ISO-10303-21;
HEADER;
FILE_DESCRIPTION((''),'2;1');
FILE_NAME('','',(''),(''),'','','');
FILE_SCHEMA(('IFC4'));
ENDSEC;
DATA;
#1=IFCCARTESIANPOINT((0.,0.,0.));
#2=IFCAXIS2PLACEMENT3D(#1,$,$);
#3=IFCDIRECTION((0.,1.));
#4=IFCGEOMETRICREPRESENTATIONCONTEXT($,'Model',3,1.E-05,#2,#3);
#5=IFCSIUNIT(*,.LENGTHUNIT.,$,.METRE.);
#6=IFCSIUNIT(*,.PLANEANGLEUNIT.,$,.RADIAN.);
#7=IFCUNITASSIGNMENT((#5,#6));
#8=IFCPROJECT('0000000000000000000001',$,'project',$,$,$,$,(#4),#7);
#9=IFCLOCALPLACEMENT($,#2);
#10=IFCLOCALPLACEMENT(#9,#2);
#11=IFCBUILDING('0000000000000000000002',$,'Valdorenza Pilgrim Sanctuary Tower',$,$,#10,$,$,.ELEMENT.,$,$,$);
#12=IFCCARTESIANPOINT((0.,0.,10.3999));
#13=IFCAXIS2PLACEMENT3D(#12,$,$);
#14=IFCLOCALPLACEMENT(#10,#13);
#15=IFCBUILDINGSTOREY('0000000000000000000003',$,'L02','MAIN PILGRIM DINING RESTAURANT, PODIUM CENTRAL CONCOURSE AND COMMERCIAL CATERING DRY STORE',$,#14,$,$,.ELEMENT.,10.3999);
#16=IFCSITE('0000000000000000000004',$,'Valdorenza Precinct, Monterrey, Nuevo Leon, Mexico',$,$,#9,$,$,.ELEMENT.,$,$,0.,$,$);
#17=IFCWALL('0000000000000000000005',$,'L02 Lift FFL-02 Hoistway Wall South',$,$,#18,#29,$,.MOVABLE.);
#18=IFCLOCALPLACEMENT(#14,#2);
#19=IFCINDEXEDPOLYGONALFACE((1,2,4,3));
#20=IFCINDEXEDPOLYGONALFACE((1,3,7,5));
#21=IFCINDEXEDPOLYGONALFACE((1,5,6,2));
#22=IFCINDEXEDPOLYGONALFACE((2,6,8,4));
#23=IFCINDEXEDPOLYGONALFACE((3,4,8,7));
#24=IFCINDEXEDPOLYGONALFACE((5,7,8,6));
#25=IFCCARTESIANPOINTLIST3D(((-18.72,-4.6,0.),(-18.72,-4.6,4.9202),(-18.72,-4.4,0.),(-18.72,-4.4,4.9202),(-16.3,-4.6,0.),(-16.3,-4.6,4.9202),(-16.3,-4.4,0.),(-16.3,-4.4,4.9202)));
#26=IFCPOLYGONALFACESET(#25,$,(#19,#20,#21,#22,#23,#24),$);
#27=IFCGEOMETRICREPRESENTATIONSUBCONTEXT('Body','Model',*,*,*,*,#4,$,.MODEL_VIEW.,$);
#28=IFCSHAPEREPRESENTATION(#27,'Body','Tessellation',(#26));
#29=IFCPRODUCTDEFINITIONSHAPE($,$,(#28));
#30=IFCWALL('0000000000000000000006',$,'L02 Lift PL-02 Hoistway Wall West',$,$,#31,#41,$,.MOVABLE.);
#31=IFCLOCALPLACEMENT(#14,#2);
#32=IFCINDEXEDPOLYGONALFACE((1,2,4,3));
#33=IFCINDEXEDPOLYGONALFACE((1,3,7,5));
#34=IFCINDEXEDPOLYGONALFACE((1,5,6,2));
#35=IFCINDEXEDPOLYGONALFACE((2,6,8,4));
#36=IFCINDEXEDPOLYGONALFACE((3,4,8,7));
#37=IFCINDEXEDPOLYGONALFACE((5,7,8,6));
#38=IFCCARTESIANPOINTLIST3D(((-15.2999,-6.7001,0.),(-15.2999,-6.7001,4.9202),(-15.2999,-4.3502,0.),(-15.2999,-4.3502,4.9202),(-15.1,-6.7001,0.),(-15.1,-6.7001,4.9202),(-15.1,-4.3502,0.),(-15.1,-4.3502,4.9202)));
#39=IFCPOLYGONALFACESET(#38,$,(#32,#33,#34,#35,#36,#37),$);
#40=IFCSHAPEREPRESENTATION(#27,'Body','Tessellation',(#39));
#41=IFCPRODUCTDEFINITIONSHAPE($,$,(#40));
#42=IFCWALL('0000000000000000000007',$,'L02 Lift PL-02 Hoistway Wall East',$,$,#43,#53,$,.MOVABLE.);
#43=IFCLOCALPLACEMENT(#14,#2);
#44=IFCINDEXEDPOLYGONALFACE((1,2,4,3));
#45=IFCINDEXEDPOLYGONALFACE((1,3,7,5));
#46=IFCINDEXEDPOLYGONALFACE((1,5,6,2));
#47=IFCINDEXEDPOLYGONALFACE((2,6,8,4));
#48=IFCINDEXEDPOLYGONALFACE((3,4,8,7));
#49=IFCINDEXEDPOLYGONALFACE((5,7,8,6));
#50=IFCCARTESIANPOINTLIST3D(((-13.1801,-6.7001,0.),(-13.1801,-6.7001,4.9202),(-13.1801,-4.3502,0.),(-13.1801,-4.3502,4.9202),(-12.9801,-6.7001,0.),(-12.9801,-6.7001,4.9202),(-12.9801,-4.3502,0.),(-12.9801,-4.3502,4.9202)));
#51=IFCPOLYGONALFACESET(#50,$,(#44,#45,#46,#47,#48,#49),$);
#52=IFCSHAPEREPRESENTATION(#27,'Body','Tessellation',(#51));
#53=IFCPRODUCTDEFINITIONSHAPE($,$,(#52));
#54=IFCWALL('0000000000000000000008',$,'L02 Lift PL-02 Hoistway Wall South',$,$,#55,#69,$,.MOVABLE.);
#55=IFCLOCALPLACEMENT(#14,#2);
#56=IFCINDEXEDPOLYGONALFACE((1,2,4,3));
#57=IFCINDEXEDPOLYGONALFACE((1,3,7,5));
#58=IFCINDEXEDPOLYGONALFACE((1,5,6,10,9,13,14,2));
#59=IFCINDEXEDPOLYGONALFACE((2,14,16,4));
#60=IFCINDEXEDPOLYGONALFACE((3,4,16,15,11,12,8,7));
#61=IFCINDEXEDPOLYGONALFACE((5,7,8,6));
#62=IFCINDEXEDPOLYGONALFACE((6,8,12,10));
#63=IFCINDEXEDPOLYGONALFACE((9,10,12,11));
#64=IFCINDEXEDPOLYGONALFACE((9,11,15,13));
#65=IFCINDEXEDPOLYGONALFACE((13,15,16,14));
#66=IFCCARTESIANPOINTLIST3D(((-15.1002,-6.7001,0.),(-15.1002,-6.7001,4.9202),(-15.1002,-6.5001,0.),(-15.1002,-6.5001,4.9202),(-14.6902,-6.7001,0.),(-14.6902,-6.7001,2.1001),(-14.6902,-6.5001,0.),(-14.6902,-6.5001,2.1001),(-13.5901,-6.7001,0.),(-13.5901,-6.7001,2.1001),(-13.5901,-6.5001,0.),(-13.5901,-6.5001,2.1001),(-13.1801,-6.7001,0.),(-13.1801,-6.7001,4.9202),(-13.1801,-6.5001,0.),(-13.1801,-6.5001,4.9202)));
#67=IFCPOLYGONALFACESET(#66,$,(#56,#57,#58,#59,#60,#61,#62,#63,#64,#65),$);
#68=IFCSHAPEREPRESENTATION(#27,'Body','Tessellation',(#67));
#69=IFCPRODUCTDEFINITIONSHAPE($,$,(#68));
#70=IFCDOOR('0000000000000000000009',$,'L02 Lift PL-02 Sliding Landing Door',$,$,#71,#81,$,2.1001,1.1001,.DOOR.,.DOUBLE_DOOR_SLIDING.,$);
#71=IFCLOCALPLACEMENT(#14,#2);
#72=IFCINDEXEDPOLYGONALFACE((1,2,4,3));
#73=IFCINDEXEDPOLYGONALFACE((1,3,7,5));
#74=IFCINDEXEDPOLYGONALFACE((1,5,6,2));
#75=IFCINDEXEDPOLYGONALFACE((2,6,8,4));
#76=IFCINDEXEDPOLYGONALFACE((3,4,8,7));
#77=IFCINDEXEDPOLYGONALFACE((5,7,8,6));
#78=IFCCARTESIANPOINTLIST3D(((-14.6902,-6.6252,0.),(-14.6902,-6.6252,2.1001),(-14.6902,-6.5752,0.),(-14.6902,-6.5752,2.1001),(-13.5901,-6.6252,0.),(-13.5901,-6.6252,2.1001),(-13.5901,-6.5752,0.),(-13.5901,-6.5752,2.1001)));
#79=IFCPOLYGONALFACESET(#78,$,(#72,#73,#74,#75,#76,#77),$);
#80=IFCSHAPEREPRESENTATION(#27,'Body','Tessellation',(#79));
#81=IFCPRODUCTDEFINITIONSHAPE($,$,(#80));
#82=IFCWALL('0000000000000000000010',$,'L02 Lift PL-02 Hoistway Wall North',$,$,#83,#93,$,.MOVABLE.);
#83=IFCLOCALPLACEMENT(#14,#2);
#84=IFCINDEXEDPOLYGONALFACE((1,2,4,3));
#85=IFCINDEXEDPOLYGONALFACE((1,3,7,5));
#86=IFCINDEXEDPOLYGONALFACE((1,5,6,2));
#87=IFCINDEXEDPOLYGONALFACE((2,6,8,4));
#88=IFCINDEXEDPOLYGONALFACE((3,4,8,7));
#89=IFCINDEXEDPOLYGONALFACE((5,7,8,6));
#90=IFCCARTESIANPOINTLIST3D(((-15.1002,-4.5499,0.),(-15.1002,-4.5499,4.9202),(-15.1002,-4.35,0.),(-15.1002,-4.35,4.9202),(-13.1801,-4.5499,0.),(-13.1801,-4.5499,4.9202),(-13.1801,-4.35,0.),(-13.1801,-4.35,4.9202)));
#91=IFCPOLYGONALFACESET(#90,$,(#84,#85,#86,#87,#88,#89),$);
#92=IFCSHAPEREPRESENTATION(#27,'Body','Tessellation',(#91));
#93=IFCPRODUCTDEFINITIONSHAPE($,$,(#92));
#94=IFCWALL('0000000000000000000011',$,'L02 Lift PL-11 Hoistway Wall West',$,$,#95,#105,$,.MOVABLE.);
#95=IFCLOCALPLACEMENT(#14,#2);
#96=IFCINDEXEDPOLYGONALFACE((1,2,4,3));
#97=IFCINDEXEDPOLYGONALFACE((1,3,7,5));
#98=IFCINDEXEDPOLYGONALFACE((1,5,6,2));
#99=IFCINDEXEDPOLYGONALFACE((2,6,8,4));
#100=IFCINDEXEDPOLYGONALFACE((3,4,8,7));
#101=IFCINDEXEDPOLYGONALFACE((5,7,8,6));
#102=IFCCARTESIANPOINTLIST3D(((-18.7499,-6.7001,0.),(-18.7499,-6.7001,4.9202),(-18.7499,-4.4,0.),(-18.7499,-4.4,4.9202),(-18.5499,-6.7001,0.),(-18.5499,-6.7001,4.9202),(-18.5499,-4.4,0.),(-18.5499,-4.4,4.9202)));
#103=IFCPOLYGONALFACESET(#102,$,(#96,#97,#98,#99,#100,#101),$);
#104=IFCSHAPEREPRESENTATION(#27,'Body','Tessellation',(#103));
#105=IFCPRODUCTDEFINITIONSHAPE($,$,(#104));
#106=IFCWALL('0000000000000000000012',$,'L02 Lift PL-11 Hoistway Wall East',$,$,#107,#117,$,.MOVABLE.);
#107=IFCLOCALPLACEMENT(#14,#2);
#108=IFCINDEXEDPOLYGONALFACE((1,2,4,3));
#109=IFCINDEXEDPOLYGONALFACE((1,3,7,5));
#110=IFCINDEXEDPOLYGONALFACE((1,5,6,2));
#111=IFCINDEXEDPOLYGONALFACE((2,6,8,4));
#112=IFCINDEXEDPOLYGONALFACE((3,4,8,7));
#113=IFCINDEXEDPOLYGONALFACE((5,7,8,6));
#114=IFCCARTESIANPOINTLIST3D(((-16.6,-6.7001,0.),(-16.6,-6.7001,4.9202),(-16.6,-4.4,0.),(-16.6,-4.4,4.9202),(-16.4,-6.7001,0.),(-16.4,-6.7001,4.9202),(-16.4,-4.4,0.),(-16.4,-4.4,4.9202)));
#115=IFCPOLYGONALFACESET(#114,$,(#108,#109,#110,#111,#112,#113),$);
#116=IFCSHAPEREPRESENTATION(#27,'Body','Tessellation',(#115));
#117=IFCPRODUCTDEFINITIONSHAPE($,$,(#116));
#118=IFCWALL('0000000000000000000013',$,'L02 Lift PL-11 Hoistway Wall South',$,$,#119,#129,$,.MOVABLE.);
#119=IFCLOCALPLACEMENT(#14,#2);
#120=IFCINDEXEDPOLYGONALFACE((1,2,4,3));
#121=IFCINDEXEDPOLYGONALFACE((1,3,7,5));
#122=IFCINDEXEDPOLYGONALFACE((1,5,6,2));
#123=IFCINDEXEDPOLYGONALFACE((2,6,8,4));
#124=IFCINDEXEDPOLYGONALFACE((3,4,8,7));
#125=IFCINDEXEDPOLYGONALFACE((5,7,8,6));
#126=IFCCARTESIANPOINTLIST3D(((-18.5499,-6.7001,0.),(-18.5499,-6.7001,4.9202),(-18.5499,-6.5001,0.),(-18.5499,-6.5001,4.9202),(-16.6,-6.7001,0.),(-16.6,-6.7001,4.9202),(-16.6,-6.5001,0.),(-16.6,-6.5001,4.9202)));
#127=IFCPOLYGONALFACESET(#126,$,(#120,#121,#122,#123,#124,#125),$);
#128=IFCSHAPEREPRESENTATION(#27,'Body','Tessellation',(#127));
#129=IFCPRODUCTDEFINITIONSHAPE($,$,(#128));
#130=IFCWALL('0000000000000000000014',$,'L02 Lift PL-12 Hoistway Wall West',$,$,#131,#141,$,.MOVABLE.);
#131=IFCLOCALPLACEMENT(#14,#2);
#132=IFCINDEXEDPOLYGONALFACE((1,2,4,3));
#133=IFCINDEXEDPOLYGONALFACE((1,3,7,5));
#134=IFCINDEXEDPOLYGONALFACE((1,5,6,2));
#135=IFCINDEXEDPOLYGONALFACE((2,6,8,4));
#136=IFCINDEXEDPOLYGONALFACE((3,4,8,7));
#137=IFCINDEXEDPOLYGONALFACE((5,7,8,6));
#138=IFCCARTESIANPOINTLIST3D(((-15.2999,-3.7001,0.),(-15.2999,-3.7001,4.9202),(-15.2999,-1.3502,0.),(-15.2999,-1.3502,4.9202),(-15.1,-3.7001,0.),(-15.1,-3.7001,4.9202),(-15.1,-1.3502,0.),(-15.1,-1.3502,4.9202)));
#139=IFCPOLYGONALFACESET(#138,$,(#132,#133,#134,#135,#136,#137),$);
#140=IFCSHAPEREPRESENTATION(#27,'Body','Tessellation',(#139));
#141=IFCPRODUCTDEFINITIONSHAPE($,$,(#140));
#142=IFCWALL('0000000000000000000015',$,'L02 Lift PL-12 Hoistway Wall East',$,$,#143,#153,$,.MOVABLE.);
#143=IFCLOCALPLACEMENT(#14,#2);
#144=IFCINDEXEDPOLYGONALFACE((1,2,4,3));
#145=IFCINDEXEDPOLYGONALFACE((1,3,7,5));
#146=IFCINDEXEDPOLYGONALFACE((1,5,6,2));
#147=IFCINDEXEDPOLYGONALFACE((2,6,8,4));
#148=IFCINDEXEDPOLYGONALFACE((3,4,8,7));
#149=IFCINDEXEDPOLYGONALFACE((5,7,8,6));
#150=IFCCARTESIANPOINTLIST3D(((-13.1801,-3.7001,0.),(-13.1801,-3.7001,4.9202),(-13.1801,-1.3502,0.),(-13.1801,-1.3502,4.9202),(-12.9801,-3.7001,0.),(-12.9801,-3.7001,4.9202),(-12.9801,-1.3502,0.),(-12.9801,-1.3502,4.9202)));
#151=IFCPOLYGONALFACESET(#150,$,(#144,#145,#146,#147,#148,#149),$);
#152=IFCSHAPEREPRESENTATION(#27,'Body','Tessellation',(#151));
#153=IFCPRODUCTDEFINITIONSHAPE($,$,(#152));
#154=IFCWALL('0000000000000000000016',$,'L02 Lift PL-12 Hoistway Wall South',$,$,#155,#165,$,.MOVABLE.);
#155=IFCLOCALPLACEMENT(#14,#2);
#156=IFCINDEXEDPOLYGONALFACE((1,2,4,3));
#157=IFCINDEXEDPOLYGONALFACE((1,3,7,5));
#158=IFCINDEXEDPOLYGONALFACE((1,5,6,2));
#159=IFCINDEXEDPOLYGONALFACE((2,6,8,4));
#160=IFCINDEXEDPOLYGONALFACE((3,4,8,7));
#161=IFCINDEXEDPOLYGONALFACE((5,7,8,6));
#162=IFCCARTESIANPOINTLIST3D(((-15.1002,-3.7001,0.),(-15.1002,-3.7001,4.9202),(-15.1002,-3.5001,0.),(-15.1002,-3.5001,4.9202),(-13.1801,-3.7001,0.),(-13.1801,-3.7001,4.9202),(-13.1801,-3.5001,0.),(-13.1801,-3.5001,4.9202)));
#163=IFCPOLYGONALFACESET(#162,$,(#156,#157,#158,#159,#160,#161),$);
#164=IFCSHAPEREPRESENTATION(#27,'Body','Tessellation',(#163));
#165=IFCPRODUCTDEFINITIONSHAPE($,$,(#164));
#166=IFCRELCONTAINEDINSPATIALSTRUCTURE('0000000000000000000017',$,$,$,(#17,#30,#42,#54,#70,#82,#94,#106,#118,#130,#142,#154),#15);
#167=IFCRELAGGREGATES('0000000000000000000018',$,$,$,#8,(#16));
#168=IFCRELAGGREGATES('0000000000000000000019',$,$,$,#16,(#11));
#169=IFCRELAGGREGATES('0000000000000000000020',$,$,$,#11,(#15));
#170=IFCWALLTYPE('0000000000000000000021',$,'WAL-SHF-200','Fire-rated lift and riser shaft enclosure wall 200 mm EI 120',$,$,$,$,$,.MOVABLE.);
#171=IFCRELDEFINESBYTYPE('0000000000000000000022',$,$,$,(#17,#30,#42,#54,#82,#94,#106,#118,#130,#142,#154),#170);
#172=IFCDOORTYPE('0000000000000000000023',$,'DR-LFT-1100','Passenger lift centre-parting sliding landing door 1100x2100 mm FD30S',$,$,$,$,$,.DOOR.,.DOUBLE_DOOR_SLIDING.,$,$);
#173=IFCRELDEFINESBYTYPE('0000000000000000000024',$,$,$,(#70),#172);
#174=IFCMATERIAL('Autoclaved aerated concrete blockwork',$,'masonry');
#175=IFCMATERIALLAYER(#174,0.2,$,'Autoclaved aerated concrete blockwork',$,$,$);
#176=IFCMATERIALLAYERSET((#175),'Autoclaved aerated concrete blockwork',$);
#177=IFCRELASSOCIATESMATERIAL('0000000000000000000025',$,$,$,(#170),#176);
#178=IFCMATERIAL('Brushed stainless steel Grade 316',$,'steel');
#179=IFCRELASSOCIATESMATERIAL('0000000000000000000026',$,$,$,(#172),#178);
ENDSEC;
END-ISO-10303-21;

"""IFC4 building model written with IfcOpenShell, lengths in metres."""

from ifc_helpers import new_model, si_unit, direction, frame, frame_2d, origin, place, context, subcontext, project, spatial, rectangle, extrude, material, layer, layer_set, type_object, element, fill, save


model = new_model("IFC4")

# Units and contexts
model_context = context("Model", 3, precision=1e-05, world=origin(), true_north=direction((0.0, 1.0)))
body_context = subcontext(model_context, "Body", "Model", "MODEL_VIEW")
ifc_project = project(units=[si_unit("LENGTHUNIT", "METRE"), si_unit("PLANEANGLEUNIT", "RADIAN")], contexts=[model_context])

# Site, building, storey
site_placement = place(None, origin())
site = spatial("IfcSite", under=ifc_project, at=site_placement, Name="Valdorenza Precinct, Monterrey, Nuevo Leon, Mexico", CompositionType="ELEMENT", RefElevation=0.0)
building_placement = place(site_placement, origin())
building = spatial("IfcBuilding", under=site, at=building_placement, Name="Valdorenza Pilgrim Sanctuary Tower", CompositionType="ELEMENT")
storey_placement = place(building_placement, frame((0.0, 0.0, 10.3999)))
storey = spatial("IfcBuildingStorey", under=building, at=storey_placement, Name="L02", Description="MAIN PILGRIM DINING RESTAURANT, PODIUM CENTRAL CONCOURSE AND COMMERCIAL CATERING DRY STORE", CompositionType="ELEMENT", Elevation=10.3999)

# Walls
ifc_material_1 = material(Name="Autoclaved aerated concrete blockwork", Category="masonry")
ifc_layer_1 = layer(ifc_material_1, 0.2, Name="Autoclaved aerated concrete blockwork")
ifc_layer_set_1 = layer_set([ifc_layer_1], Name="Autoclaved aerated concrete blockwork")
wall_type_1 = type_object("IfcWallType", Name="WAL-SHF-200", Description="Fire-rated lift and riser shaft enclosure wall 200 mm EI 120", PredefinedType="MOVABLE", material=ifc_layer_set_1)
wall_1_placement = place(storey_placement, frame((-18.72, -4.5, 0.0), z_axis=(0.0, 0.0, 1.0), x_axis=(1.0, 0.0, 0.0)))
element("IfcWall", 1, at=wall_1_placement, inside=storey, type_object=wall_type_1, Name="L02 Lift FFL-02 Hoistway Wall South", PredefinedType="MOVABLE", context=body_context, shape_type="SweptSolid", body=[
    extrude(rectangle(XDim=2.4199, YDim=0.2, at=frame_2d((1.21, 0.0))), origin(), (0.0, 0.0, 1.0), 4.9202),
])
for number, where, z_axis, x_axis, name in (
    (2, (-15.2, -6.7, 0.0), (0.0, 0.0, 1.0), (0.0, 1.0, 0.0), "L02 Lift PL-02 Hoistway Wall West"),
    (3, (-13.0801, -6.7, 0.0), (0.0, 0.0, 1.0), (0.0, 1.0, 0.0), "L02 Lift PL-02 Hoistway Wall East"),
):
    element("IfcWall", number, at=place(storey_placement, frame(where, z_axis=z_axis, x_axis=x_axis)), inside=storey, type_object=wall_type_1, Name=name, PredefinedType="MOVABLE", context=body_context, shape_type="SweptSolid", body=[
        extrude(rectangle(XDim=2.3499, YDim=0.2, at=frame_2d((1.1748, 0.0))), origin(), (0.0, 0.0, 1.0), 4.9202),
    ])

# Wall, opening, door
wall_2_placement = place(storey_placement, frame((-15.1001, -6.6001, 0.0), z_axis=(0.0, 0.0, 1.0), x_axis=(1.0, 0.0, 0.0)))
wall_2 = element("IfcWall", 4, at=wall_2_placement, inside=storey, type_object=wall_type_1, Name="L02 Lift PL-02 Hoistway Wall South", PredefinedType="MOVABLE", context=body_context, shape_type="SweptSolid", body=[
    extrude(rectangle(XDim=1.9202, YDim=0.2, at=frame_2d((0.96, 0.0))), origin(), (0.0, 0.0, 1.0), 4.9202),
])
opening_placement = place(wall_2_placement, frame((0.4099, 0.0, 0.0)))
opening = element("IfcOpeningElement", 5, at=opening_placement, cuts=wall_2, PredefinedType="OPENING", context=body_context, shape_type="SweptSolid", body=[
    extrude(rectangle(XDim=1.1001, YDim=2.1001, at=frame_2d((0.55, 1.05))), frame((0.0, 0.1147, 0.0), z_axis=(0.0, -1.0, 0.0), x_axis=(1.0, 0.0, 0.0)), (0.0, 0.0, 1.0), 0.2297),
])
ifc_material_2 = material(Name="Brushed stainless steel Grade 316", Category="steel")
door_type = type_object("IfcDoorType", Name="DR-LFT-1100", Description="Passenger lift centre-parting sliding landing door 1100x2100 mm FD30S", OperationType="DOUBLE_DOOR_SLIDING", PredefinedType="DOOR", material=ifc_material_2)
door_placement = place(opening_placement, origin())
door = element("IfcDoor", 6, at=door_placement, inside=storey, type_object=door_type, Name="L02 Lift PL-02 Sliding Landing Door", OperationType="DOUBLE_DOOR_SLIDING", OverallHeight=2.1001, OverallWidth=1.1001, PredefinedType="DOOR", context=body_context, shape_type="SweptSolid", body=[
    extrude(rectangle(XDim=1.1001, YDim=2.1001, at=frame_2d((0.55, 1.05))), frame((0.0, 0.0249, 0.0), z_axis=(0.0, -1.0, 0.0), x_axis=(1.0, 0.0, 0.0)), (0.0, 0.0, 1.0), 0.05),
])
fill(opening, door)

# Walls
wall_3_placement = place(storey_placement, frame((-15.1001, -4.45, 0.0), z_axis=(0.0, 0.0, 1.0), x_axis=(1.0, 0.0, 0.0)))
element("IfcWall", 7, at=wall_3_placement, inside=storey, type_object=wall_type_1, Name="L02 Lift PL-02 Hoistway Wall North", PredefinedType="MOVABLE", context=body_context, shape_type="SweptSolid", body=[
    extrude(rectangle(XDim=1.9202, YDim=0.2, at=frame_2d((0.96, 0.0))), origin(), (0.0, 0.0, 1.0), 4.9202),
])
for number, where, z_axis, x_axis, name in (
    (8, (-18.6499, -6.7, 0.0), (0.0, 0.0, 1.0), (0.0, 1.0, 0.0), "L02 Lift PL-11 Hoistway Wall West"),
    (9, (-16.5, -6.7, 0.0), (0.0, 0.0, 1.0), (0.0, 1.0, 0.0), "L02 Lift PL-11 Hoistway Wall East"),
):
    element("IfcWall", number, at=place(storey_placement, frame(where, z_axis=z_axis, x_axis=x_axis)), inside=storey, type_object=wall_type_1, Name=name, PredefinedType="MOVABLE", context=body_context, shape_type="SweptSolid", body=[
        extrude(rectangle(XDim=2.3, YDim=0.2, at=frame_2d((1.1499, 0.0))), origin(), (0.0, 0.0, 1.0), 4.9202),
    ])
wall_4_placement = place(storey_placement, frame((-18.55, -6.6001, 0.0), z_axis=(0.0, 0.0, 1.0), x_axis=(1.0, 0.0, 0.0)))
element("IfcWall", 10, at=wall_4_placement, inside=storey, type_object=wall_type_1, Name="L02 Lift PL-11 Hoistway Wall South", PredefinedType="MOVABLE", context=body_context, shape_type="SweptSolid", body=[
    extrude(rectangle(XDim=1.95, YDim=0.2, at=frame_2d((0.9751, 0.0))), origin(), (0.0, 0.0, 1.0), 4.9202),
])
for number, where, z_axis, x_axis, name in (
    (11, (-15.2, -3.7, 0.0), (0.0, 0.0, 1.0), (0.0, 1.0, 0.0), "L02 Lift PL-12 Hoistway Wall West"),
    (12, (-13.0801, -3.7, 0.0), (0.0, 0.0, 1.0), (0.0, 1.0, 0.0), "L02 Lift PL-12 Hoistway Wall East"),
):
    element("IfcWall", number, at=place(storey_placement, frame(where, z_axis=z_axis, x_axis=x_axis)), inside=storey, type_object=wall_type_1, Name=name, PredefinedType="MOVABLE", context=body_context, shape_type="SweptSolid", body=[
        extrude(rectangle(XDim=2.3499, YDim=0.2, at=frame_2d((1.1748, 0.0))), origin(), (0.0, 0.0, 1.0), 4.9202),
    ])
wall_5_placement = place(storey_placement, frame((-15.1001, -3.6001, 0.0), z_axis=(0.0, 0.0, 1.0), x_axis=(1.0, 0.0, 0.0)))
element("IfcWall", 13, at=wall_5_placement, inside=storey, type_object=wall_type_1, Name="L02 Lift PL-12 Hoistway Wall South", PredefinedType="MOVABLE", context=body_context, shape_type="SweptSolid", body=[
    extrude(rectangle(XDim=1.9202, YDim=0.2, at=frame_2d((0.96, 0.0))), origin(), (0.0, 0.0, 1.0), 4.9202),
])

save(model, "model.ifc")
